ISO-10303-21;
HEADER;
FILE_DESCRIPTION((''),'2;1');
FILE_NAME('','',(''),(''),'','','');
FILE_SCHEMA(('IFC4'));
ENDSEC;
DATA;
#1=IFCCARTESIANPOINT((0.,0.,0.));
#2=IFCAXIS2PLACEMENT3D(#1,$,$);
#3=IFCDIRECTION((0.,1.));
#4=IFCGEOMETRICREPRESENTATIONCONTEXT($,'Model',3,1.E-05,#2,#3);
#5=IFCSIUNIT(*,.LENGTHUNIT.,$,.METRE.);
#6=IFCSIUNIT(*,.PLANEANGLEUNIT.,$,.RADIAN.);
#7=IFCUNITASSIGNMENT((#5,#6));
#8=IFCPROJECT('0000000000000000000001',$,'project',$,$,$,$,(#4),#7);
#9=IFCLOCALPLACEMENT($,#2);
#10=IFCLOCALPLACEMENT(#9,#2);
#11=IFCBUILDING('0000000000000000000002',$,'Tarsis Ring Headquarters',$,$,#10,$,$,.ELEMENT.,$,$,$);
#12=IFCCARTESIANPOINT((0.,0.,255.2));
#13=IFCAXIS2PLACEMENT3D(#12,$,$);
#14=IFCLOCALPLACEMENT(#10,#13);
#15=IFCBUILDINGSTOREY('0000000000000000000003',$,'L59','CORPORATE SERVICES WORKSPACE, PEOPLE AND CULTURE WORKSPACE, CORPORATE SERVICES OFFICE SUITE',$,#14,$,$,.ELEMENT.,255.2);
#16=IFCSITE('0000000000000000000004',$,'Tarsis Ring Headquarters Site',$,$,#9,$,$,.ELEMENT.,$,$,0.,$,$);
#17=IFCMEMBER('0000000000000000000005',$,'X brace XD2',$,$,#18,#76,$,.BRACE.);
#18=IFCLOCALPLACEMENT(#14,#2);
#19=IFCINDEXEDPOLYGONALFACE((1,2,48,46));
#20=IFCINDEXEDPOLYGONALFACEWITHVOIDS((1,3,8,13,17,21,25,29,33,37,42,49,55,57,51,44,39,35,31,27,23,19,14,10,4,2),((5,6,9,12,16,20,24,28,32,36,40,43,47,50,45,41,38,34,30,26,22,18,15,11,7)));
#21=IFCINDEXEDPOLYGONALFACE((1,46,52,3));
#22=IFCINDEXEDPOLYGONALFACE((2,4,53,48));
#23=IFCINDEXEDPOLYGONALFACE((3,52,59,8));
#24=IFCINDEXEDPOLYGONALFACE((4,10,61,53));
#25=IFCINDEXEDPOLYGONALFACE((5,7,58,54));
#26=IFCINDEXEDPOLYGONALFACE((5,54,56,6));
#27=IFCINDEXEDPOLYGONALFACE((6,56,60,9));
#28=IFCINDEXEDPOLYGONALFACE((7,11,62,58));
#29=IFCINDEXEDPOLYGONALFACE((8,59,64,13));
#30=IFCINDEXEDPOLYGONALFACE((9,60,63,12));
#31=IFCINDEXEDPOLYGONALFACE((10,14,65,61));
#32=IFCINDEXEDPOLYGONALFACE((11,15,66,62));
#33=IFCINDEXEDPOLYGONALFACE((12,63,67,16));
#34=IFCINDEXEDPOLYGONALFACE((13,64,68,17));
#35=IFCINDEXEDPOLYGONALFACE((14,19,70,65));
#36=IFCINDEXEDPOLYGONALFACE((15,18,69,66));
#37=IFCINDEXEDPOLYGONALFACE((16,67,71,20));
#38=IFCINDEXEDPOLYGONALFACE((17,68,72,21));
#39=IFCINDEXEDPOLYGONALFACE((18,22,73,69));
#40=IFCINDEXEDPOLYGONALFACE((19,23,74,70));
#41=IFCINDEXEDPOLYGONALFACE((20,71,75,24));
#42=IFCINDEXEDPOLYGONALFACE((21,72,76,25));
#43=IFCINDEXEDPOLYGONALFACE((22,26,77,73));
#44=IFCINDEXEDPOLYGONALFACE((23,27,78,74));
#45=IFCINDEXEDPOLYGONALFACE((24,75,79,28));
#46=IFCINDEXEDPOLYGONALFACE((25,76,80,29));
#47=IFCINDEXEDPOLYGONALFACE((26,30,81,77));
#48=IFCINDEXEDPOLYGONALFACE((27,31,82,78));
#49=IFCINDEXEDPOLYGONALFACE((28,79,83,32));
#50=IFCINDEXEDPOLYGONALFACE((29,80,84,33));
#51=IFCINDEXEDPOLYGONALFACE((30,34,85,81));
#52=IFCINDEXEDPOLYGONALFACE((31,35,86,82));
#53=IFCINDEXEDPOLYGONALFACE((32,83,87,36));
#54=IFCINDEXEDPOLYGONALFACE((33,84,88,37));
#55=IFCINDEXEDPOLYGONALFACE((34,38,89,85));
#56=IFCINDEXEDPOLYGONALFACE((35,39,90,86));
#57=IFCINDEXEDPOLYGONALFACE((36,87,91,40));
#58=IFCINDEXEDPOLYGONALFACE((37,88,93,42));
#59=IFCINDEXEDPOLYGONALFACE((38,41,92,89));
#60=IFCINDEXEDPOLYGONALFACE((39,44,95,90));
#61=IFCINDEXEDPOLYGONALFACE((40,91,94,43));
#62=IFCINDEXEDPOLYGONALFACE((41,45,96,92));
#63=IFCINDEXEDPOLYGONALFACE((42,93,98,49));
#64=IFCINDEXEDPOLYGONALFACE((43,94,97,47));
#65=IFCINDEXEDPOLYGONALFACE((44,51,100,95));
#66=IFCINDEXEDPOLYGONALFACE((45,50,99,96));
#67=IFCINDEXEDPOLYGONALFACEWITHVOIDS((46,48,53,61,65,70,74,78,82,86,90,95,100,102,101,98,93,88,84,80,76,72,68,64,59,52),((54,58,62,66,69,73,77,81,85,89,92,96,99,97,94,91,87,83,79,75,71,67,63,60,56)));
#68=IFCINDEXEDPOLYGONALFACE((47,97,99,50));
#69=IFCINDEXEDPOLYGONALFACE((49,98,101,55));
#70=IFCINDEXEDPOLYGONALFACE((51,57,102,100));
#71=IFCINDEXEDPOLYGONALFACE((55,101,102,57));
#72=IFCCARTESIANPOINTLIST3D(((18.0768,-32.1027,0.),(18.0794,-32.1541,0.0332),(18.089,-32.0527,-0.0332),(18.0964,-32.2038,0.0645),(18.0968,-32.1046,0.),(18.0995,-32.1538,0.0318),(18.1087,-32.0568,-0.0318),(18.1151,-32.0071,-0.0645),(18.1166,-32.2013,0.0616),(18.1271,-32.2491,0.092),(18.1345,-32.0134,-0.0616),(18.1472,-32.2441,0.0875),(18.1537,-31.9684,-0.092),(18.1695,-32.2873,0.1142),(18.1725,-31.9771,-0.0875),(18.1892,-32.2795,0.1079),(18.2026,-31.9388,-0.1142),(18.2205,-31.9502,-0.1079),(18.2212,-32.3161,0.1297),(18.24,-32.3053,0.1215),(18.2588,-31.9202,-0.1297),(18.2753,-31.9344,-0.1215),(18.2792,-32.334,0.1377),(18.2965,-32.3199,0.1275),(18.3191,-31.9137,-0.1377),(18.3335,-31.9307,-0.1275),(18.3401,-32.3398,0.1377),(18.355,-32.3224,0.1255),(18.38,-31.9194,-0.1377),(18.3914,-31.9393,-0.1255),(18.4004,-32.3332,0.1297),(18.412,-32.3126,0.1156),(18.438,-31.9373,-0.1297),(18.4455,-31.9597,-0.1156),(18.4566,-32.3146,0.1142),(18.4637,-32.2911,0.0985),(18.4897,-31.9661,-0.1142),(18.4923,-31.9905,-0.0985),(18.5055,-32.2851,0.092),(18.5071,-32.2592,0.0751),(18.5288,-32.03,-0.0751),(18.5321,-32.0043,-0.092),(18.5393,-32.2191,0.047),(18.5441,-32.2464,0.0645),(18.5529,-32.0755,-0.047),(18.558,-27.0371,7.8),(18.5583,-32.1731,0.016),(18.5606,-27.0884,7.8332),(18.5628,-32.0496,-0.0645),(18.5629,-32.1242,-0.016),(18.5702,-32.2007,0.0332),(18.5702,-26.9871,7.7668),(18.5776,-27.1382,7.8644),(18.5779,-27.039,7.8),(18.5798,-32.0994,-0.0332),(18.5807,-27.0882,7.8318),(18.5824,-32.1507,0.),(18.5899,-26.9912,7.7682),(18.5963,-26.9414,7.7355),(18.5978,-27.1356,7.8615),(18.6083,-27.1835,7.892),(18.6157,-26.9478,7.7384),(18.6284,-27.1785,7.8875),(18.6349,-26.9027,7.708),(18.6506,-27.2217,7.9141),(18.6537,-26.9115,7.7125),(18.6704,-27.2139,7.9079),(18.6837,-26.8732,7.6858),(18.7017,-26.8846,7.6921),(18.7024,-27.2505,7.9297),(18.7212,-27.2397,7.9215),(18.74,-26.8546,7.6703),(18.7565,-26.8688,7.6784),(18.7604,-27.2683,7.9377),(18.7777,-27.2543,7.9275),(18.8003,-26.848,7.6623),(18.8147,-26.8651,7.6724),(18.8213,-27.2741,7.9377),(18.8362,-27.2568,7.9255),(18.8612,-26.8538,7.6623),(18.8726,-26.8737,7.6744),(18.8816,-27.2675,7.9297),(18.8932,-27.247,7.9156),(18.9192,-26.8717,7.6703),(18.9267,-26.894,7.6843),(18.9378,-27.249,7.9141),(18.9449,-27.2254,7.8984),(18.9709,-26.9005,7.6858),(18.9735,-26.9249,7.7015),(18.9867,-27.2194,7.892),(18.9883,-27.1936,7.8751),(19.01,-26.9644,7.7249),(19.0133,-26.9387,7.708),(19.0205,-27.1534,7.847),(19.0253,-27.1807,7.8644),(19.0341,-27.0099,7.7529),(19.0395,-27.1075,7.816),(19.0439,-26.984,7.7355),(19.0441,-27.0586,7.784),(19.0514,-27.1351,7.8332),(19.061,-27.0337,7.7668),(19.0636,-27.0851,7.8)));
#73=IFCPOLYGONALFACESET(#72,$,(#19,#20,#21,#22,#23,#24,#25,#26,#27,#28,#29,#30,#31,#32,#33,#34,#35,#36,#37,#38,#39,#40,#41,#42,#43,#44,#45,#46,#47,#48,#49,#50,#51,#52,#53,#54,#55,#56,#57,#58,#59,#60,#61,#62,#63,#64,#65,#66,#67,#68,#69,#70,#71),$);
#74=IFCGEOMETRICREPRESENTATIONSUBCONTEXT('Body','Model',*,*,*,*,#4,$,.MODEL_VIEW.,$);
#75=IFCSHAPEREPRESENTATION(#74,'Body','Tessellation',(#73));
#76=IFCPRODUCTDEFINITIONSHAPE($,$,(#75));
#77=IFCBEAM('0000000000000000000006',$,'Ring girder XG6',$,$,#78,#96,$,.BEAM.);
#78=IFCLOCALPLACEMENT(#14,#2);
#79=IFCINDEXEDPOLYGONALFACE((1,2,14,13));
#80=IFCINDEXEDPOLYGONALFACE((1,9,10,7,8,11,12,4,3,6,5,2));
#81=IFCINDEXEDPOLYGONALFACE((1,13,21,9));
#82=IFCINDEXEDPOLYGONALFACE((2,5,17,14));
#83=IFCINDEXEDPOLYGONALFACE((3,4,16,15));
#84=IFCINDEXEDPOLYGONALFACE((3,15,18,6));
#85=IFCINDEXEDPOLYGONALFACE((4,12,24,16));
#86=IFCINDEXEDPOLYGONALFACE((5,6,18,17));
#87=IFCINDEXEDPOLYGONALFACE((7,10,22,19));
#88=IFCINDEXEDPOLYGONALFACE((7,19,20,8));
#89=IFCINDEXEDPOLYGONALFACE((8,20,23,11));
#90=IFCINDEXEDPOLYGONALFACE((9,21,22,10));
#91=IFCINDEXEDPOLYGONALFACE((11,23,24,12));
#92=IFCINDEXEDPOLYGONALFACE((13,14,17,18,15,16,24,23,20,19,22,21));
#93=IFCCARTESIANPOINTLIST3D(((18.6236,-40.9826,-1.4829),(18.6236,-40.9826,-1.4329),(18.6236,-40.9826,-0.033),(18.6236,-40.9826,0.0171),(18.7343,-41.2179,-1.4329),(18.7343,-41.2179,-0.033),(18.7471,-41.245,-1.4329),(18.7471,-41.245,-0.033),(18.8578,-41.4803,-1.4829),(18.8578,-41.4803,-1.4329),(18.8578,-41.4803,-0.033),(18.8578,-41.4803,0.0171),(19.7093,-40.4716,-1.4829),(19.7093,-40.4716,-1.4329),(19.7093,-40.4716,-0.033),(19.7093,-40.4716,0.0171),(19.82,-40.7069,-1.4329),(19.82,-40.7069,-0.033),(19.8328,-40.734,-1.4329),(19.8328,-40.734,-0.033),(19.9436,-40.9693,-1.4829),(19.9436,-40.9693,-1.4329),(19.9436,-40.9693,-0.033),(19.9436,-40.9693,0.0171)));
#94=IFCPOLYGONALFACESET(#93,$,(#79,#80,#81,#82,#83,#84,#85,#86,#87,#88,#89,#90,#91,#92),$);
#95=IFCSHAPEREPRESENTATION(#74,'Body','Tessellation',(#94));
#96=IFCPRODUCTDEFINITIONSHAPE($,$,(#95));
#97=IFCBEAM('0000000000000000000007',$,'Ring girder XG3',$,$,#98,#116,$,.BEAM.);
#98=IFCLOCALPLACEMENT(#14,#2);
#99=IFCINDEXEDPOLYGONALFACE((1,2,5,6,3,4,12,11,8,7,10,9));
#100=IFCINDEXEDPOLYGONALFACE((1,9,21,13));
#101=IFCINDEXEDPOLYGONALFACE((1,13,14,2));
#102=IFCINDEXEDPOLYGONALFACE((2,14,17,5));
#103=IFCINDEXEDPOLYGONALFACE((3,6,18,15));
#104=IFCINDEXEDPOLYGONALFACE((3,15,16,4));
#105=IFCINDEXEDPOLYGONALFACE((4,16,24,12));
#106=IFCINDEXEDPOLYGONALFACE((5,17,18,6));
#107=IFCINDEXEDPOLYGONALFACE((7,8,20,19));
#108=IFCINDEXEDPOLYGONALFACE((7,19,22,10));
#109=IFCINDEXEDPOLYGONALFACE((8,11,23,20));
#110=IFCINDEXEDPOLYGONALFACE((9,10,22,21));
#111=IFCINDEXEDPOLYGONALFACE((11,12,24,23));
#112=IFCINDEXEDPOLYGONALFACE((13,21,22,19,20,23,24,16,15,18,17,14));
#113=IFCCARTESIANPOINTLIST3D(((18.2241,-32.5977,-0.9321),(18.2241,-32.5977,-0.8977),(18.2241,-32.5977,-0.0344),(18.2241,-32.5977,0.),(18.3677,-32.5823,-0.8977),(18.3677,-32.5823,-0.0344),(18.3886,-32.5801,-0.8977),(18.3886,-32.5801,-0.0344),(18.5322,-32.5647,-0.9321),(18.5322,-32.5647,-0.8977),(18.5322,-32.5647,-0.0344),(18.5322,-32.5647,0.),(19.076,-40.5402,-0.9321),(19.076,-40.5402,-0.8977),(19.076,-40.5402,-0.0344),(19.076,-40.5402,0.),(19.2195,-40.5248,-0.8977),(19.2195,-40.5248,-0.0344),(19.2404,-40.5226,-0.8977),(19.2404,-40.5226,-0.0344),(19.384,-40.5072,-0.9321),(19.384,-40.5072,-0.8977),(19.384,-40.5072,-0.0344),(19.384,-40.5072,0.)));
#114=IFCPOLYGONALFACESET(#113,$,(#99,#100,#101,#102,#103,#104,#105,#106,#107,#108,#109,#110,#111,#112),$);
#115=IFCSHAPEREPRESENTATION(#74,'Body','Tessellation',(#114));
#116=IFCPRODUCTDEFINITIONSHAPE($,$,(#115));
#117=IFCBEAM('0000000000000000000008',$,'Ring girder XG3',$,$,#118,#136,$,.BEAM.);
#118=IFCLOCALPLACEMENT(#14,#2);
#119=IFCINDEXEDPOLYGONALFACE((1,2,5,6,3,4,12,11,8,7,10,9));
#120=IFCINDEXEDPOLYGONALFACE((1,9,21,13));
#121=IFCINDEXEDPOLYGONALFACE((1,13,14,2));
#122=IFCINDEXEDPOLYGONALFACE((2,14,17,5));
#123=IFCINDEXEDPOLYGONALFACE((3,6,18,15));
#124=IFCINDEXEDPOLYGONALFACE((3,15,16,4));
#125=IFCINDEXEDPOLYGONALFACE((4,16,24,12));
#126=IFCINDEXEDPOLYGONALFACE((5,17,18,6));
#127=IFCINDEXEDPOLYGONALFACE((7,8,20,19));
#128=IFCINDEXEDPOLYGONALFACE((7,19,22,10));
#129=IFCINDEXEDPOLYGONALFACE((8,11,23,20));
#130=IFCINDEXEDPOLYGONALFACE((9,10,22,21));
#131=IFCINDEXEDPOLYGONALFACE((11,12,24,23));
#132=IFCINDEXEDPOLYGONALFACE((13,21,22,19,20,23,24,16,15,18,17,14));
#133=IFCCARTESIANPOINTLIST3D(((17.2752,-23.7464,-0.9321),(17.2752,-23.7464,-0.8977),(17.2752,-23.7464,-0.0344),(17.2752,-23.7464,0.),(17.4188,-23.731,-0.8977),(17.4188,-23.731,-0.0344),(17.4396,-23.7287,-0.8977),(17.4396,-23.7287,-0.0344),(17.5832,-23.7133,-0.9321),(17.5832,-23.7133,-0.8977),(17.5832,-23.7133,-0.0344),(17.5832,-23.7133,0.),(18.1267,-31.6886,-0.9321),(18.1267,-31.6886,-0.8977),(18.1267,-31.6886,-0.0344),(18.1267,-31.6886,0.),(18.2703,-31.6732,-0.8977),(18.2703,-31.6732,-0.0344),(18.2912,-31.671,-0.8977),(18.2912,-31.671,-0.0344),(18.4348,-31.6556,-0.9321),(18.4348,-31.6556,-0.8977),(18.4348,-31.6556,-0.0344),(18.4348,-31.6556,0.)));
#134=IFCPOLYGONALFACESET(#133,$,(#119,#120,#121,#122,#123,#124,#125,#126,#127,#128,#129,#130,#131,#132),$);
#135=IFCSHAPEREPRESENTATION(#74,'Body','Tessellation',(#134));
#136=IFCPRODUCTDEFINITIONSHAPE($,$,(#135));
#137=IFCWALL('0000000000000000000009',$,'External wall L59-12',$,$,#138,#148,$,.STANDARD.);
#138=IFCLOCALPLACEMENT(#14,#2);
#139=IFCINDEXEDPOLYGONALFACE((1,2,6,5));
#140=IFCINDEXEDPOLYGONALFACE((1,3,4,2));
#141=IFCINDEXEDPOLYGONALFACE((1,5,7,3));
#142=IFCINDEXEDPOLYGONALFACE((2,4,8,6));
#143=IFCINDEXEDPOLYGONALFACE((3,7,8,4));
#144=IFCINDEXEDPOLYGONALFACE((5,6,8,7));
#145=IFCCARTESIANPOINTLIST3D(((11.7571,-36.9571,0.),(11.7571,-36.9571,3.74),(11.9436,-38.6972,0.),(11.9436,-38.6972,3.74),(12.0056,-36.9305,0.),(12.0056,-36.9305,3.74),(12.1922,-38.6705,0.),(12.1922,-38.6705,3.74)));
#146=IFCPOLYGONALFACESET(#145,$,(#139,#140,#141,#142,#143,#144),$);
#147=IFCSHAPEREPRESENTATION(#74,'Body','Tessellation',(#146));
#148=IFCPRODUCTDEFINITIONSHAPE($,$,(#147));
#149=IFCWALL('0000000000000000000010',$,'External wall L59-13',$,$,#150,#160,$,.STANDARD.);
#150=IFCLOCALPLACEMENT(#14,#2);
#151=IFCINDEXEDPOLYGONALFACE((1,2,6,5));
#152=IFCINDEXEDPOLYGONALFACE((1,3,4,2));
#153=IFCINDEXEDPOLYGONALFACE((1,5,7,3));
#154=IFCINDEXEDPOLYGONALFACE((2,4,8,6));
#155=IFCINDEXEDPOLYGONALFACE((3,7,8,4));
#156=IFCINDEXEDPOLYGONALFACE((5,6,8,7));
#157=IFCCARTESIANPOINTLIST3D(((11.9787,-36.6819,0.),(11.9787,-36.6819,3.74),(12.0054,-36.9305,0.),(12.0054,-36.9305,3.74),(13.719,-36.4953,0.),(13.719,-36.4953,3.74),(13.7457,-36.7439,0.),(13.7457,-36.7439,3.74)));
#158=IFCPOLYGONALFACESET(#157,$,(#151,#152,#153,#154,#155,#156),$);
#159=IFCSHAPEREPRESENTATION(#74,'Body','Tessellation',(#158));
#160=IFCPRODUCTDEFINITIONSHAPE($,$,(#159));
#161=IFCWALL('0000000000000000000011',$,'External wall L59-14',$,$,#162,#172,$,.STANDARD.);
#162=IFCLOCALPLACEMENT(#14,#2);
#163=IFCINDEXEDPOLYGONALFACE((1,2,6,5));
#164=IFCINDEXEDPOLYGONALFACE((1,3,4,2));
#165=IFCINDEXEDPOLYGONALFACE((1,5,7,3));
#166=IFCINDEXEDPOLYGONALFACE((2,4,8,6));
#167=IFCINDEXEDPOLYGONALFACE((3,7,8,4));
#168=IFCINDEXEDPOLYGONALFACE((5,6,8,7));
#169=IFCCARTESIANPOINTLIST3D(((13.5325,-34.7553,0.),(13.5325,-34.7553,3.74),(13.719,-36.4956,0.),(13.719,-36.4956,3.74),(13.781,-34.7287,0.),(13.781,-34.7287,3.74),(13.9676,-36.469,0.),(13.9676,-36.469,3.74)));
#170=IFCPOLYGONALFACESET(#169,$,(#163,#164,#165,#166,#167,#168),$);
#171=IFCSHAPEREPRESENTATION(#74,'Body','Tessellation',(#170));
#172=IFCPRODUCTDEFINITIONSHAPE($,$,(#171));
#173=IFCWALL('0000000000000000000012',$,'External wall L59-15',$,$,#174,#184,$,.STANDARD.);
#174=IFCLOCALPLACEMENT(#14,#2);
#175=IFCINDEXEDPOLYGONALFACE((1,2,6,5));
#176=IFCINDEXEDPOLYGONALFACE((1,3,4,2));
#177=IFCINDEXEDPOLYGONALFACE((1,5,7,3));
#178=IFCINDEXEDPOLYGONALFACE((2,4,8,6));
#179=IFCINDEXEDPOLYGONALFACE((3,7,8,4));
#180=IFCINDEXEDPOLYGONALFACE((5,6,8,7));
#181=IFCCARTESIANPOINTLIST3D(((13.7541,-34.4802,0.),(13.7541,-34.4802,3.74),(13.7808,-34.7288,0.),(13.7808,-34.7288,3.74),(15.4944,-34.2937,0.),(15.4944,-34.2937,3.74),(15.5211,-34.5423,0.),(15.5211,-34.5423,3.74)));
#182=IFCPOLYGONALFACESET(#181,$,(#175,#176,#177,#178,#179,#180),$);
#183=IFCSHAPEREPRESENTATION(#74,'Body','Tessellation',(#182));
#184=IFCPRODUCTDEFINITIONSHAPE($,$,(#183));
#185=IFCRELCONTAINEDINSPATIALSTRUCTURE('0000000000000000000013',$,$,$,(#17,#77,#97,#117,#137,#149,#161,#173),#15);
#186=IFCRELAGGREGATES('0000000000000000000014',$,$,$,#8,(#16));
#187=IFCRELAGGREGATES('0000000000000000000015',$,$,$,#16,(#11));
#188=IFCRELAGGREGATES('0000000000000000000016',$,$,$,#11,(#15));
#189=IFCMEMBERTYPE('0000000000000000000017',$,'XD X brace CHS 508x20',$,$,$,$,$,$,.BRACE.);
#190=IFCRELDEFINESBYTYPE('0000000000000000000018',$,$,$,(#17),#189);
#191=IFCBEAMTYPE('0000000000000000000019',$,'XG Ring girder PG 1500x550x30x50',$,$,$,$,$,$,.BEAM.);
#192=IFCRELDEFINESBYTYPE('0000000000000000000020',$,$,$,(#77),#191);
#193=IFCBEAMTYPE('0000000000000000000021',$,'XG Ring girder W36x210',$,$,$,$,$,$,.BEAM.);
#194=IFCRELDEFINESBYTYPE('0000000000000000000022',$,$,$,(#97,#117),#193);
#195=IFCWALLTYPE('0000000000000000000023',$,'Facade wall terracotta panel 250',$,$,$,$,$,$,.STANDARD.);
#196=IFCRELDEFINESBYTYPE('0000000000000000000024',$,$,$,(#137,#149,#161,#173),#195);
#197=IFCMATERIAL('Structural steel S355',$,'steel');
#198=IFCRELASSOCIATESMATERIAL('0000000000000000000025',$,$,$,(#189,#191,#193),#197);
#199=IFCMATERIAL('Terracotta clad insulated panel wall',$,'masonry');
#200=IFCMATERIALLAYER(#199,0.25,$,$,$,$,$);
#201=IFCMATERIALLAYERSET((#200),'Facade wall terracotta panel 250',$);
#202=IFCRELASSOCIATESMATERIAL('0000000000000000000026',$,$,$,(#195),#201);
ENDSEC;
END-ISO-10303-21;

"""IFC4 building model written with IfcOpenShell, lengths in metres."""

from ifc_helpers import new_model, si_unit, direction, frame, frame_2d, origin, origin_2d, place, context, subcontext, project, spatial, rectangle, hollow_circle, i_section, extrude, material, layer, layer_set, material_profile, profile_set, type_object, element, save


model = new_model("IFC4")

# Units and contexts
model_context = context("Model", 3, precision=1e-05, world=origin(), true_north=direction((0.0, 1.0)))
body_context = subcontext(model_context, "Body", "Model", "MODEL_VIEW")
ifc_project = project(units=[si_unit("LENGTHUNIT", "METRE"), si_unit("PLANEANGLEUNIT", "RADIAN")], contexts=[model_context])

# Site, building, storey
site_placement = place(None, origin())
site = spatial("IfcSite", under=ifc_project, at=site_placement, Name="Tarsis Ring Headquarters Site", CompositionType="ELEMENT", RefElevation=0.0)
building_placement = place(site_placement, origin())
building = spatial("IfcBuilding", under=site, at=building_placement, Name="Tarsis Ring Headquarters", CompositionType="ELEMENT")
storey_placement = place(building_placement, frame((0.0, 0.0, 255.2)))
storey = spatial("IfcBuildingStorey", under=building, at=storey_placement, Name="L59", Description="CORPORATE SERVICES WORKSPACE, PEOPLE AND CULTURE WORKSPACE, CORPORATE SERVICES OFFICE SUITE", CompositionType="ELEMENT", Elevation=255.2)

# Shared definitions
ifc_material_1 = material(Name="Structural steel S355", Category="steel")

# Member
ifc_material_profile_1 = material_profile(ifc_material_1, hollow_circle(Radius=0.2539, WallThickness=0.02, at=origin_2d()), Name="CHS 508x20")
ifc_profile_set_1 = profile_set([ifc_material_profile_1], Name="Structural steel S355")
member_type = type_object("IfcMemberType", Name="XD X brace CHS 508x20", PredefinedType="BRACE", material=ifc_profile_set_1)
member_placement = place(storey_placement, frame((18.3296, -32.1267, 0.0), z_axis=(0.051669, 0.543931, 0.837537), x_axis=(-0.995519, 0.094567, 0.0)))
element("IfcMember", 1, at=member_placement, inside=storey, type_object=member_type, Name="X brace XD2", PredefinedType="BRACE", context=body_context, shape_type="SweptSolid", body=[
    extrude(hollow_circle(Radius=0.2539, WallThickness=0.02, at=origin_2d()), origin(), (0.0, 0.0, 1.0), 9.313),
])

# Beams
ifc_material_profile_2 = material_profile(ifc_material_1, i_section(OverallWidth=0.55, OverallDepth=1.5, WebThickness=0.03, FlangeThickness=0.05, at=origin_2d()), Name="PG 1500x550x30x50")
ifc_profile_set_2 = profile_set([ifc_material_profile_2], Name="Structural steel S355")
beam_type_1 = type_object("IfcBeamType", Name="XG Ring girder PG 1500x550x30x50", PredefinedType="BEAM", material=ifc_profile_set_2)
beam_1_placement = place(storey_placement, frame((18.7407, -41.2314, -0.7329), z_axis=(0.904796, 0.425846, 0.0), x_axis=(-0.425846, 0.904796, 0.0)))
element("IfcBeam", 2, at=beam_1_placement, inside=storey, type_object=beam_type_1, Name="Ring girder XG6", PredefinedType="BEAM", context=body_context, shape_type="SweptSolid", body=[
    extrude(i_section(OverallWidth=0.55, OverallDepth=1.5, WebThickness=0.03, FlangeThickness=0.05, at=origin_2d()), origin(), (0.0, 0.0, 1.0), 1.2),
])
ifc_material_profile_3 = material_profile(ifc_material_1, i_section(OverallWidth=0.3098, OverallDepth=0.9321, WebThickness=0.021, FlangeThickness=0.0344, at=origin_2d()), Name="W36x210")
ifc_profile_set_3 = profile_set([ifc_material_profile_3], Name="Structural steel S355")
beam_type_2 = type_object("IfcBeamType", Name="XG Ring girder W36x210", PredefinedType="BEAM", material=ifc_profile_set_3)
beam_2_placement = place(storey_placement, frame((19.23, -40.5237, -0.4661), z_axis=(-0.106637, 0.994298, 0.0), x_axis=(-0.994298, -0.106637, 0.0)))
element("IfcBeam", 3, at=beam_2_placement, inside=storey, type_object=beam_type_2, Name="Ring girder XG3", PredefinedType="BEAM", context=body_context, shape_type="SweptSolid", body=[
    extrude(i_section(OverallWidth=0.3098, OverallDepth=0.9321, WebThickness=0.021, FlangeThickness=0.0344, at=origin_2d()), origin(), (0.0, 0.0, 1.0), 7.988),
])
beam_3_placement = place(storey_placement, frame((18.2808, -31.6721, -0.4661), z_axis=(-0.106607, 0.994301, 0.0), x_axis=(-0.994301, -0.106607, 0.0)))
element("IfcBeam", 4, at=beam_3_placement, inside=storey, type_object=beam_type_2, Name="Ring girder XG3", PredefinedType="BEAM", context=body_context, shape_type="SweptSolid", body=[
    extrude(i_section(OverallWidth=0.3098, OverallDepth=0.9321, WebThickness=0.021, FlangeThickness=0.0344, at=origin_2d()), origin(), (0.0, 0.0, 1.0), 7.9878),
])

# Walls
ifc_material_2 = material(Name="Terracotta clad insulated panel wall", Category="masonry")
ifc_layer = layer(ifc_material_2, 0.25)
ifc_layer_set = layer_set([ifc_layer], Name="Facade wall terracotta panel 250")
wall_type = type_object("IfcWallType", Name="Facade wall terracotta panel 250", PredefinedType="STANDARD", material=ifc_layer_set)
wall_1_placement = place(storey_placement, frame((12.0679, -38.6838, 0.0), z_axis=(0.0, 0.0, 1.0), x_axis=(-0.106587, 0.994303, 0.0)))
element("IfcWall", 5, at=wall_1_placement, inside=storey, type_object=wall_type, Name="External wall L59-12", PredefinedType="STANDARD", context=body_context, shape_type="SweptSolid", body=[
    extrude(rectangle(XDim=1.75, YDim=0.25, at=frame_2d((0.875, 0.0))), origin(), (0.0, 0.0, 1.0), 3.74),
])
for number, where, z_axis, x_axis, name in (
    (6, (11.9922, -36.8062, 0.0), (0.0, 0.0, 1.0), (0.994305, 0.106573, 0.0), "External wall L59-13"),
    (7, (13.8433, -36.4822, 0.0), (0.0, 0.0, 1.0), (-0.106573, 0.994305, 0.0), "External wall L59-14"),
    (8, (13.7676, -34.6045, 0.0), (0.0, 0.0, 1.0), (0.994305, 0.106573, 0.0), "External wall L59-15"),
):
    element("IfcWall", number, at=place(storey_placement, frame(where, z_axis=z_axis, x_axis=x_axis)), inside=storey, type_object=wall_type, Name=name, PredefinedType="STANDARD", context=body_context, shape_type="SweptSolid", body=[
        extrude(rectangle(XDim=1.7502, YDim=0.25, at=frame_2d((0.875, 0.0))), origin(), (0.0, 0.0, 1.0), 3.74),
    ])

save(model, "model.ifc")
